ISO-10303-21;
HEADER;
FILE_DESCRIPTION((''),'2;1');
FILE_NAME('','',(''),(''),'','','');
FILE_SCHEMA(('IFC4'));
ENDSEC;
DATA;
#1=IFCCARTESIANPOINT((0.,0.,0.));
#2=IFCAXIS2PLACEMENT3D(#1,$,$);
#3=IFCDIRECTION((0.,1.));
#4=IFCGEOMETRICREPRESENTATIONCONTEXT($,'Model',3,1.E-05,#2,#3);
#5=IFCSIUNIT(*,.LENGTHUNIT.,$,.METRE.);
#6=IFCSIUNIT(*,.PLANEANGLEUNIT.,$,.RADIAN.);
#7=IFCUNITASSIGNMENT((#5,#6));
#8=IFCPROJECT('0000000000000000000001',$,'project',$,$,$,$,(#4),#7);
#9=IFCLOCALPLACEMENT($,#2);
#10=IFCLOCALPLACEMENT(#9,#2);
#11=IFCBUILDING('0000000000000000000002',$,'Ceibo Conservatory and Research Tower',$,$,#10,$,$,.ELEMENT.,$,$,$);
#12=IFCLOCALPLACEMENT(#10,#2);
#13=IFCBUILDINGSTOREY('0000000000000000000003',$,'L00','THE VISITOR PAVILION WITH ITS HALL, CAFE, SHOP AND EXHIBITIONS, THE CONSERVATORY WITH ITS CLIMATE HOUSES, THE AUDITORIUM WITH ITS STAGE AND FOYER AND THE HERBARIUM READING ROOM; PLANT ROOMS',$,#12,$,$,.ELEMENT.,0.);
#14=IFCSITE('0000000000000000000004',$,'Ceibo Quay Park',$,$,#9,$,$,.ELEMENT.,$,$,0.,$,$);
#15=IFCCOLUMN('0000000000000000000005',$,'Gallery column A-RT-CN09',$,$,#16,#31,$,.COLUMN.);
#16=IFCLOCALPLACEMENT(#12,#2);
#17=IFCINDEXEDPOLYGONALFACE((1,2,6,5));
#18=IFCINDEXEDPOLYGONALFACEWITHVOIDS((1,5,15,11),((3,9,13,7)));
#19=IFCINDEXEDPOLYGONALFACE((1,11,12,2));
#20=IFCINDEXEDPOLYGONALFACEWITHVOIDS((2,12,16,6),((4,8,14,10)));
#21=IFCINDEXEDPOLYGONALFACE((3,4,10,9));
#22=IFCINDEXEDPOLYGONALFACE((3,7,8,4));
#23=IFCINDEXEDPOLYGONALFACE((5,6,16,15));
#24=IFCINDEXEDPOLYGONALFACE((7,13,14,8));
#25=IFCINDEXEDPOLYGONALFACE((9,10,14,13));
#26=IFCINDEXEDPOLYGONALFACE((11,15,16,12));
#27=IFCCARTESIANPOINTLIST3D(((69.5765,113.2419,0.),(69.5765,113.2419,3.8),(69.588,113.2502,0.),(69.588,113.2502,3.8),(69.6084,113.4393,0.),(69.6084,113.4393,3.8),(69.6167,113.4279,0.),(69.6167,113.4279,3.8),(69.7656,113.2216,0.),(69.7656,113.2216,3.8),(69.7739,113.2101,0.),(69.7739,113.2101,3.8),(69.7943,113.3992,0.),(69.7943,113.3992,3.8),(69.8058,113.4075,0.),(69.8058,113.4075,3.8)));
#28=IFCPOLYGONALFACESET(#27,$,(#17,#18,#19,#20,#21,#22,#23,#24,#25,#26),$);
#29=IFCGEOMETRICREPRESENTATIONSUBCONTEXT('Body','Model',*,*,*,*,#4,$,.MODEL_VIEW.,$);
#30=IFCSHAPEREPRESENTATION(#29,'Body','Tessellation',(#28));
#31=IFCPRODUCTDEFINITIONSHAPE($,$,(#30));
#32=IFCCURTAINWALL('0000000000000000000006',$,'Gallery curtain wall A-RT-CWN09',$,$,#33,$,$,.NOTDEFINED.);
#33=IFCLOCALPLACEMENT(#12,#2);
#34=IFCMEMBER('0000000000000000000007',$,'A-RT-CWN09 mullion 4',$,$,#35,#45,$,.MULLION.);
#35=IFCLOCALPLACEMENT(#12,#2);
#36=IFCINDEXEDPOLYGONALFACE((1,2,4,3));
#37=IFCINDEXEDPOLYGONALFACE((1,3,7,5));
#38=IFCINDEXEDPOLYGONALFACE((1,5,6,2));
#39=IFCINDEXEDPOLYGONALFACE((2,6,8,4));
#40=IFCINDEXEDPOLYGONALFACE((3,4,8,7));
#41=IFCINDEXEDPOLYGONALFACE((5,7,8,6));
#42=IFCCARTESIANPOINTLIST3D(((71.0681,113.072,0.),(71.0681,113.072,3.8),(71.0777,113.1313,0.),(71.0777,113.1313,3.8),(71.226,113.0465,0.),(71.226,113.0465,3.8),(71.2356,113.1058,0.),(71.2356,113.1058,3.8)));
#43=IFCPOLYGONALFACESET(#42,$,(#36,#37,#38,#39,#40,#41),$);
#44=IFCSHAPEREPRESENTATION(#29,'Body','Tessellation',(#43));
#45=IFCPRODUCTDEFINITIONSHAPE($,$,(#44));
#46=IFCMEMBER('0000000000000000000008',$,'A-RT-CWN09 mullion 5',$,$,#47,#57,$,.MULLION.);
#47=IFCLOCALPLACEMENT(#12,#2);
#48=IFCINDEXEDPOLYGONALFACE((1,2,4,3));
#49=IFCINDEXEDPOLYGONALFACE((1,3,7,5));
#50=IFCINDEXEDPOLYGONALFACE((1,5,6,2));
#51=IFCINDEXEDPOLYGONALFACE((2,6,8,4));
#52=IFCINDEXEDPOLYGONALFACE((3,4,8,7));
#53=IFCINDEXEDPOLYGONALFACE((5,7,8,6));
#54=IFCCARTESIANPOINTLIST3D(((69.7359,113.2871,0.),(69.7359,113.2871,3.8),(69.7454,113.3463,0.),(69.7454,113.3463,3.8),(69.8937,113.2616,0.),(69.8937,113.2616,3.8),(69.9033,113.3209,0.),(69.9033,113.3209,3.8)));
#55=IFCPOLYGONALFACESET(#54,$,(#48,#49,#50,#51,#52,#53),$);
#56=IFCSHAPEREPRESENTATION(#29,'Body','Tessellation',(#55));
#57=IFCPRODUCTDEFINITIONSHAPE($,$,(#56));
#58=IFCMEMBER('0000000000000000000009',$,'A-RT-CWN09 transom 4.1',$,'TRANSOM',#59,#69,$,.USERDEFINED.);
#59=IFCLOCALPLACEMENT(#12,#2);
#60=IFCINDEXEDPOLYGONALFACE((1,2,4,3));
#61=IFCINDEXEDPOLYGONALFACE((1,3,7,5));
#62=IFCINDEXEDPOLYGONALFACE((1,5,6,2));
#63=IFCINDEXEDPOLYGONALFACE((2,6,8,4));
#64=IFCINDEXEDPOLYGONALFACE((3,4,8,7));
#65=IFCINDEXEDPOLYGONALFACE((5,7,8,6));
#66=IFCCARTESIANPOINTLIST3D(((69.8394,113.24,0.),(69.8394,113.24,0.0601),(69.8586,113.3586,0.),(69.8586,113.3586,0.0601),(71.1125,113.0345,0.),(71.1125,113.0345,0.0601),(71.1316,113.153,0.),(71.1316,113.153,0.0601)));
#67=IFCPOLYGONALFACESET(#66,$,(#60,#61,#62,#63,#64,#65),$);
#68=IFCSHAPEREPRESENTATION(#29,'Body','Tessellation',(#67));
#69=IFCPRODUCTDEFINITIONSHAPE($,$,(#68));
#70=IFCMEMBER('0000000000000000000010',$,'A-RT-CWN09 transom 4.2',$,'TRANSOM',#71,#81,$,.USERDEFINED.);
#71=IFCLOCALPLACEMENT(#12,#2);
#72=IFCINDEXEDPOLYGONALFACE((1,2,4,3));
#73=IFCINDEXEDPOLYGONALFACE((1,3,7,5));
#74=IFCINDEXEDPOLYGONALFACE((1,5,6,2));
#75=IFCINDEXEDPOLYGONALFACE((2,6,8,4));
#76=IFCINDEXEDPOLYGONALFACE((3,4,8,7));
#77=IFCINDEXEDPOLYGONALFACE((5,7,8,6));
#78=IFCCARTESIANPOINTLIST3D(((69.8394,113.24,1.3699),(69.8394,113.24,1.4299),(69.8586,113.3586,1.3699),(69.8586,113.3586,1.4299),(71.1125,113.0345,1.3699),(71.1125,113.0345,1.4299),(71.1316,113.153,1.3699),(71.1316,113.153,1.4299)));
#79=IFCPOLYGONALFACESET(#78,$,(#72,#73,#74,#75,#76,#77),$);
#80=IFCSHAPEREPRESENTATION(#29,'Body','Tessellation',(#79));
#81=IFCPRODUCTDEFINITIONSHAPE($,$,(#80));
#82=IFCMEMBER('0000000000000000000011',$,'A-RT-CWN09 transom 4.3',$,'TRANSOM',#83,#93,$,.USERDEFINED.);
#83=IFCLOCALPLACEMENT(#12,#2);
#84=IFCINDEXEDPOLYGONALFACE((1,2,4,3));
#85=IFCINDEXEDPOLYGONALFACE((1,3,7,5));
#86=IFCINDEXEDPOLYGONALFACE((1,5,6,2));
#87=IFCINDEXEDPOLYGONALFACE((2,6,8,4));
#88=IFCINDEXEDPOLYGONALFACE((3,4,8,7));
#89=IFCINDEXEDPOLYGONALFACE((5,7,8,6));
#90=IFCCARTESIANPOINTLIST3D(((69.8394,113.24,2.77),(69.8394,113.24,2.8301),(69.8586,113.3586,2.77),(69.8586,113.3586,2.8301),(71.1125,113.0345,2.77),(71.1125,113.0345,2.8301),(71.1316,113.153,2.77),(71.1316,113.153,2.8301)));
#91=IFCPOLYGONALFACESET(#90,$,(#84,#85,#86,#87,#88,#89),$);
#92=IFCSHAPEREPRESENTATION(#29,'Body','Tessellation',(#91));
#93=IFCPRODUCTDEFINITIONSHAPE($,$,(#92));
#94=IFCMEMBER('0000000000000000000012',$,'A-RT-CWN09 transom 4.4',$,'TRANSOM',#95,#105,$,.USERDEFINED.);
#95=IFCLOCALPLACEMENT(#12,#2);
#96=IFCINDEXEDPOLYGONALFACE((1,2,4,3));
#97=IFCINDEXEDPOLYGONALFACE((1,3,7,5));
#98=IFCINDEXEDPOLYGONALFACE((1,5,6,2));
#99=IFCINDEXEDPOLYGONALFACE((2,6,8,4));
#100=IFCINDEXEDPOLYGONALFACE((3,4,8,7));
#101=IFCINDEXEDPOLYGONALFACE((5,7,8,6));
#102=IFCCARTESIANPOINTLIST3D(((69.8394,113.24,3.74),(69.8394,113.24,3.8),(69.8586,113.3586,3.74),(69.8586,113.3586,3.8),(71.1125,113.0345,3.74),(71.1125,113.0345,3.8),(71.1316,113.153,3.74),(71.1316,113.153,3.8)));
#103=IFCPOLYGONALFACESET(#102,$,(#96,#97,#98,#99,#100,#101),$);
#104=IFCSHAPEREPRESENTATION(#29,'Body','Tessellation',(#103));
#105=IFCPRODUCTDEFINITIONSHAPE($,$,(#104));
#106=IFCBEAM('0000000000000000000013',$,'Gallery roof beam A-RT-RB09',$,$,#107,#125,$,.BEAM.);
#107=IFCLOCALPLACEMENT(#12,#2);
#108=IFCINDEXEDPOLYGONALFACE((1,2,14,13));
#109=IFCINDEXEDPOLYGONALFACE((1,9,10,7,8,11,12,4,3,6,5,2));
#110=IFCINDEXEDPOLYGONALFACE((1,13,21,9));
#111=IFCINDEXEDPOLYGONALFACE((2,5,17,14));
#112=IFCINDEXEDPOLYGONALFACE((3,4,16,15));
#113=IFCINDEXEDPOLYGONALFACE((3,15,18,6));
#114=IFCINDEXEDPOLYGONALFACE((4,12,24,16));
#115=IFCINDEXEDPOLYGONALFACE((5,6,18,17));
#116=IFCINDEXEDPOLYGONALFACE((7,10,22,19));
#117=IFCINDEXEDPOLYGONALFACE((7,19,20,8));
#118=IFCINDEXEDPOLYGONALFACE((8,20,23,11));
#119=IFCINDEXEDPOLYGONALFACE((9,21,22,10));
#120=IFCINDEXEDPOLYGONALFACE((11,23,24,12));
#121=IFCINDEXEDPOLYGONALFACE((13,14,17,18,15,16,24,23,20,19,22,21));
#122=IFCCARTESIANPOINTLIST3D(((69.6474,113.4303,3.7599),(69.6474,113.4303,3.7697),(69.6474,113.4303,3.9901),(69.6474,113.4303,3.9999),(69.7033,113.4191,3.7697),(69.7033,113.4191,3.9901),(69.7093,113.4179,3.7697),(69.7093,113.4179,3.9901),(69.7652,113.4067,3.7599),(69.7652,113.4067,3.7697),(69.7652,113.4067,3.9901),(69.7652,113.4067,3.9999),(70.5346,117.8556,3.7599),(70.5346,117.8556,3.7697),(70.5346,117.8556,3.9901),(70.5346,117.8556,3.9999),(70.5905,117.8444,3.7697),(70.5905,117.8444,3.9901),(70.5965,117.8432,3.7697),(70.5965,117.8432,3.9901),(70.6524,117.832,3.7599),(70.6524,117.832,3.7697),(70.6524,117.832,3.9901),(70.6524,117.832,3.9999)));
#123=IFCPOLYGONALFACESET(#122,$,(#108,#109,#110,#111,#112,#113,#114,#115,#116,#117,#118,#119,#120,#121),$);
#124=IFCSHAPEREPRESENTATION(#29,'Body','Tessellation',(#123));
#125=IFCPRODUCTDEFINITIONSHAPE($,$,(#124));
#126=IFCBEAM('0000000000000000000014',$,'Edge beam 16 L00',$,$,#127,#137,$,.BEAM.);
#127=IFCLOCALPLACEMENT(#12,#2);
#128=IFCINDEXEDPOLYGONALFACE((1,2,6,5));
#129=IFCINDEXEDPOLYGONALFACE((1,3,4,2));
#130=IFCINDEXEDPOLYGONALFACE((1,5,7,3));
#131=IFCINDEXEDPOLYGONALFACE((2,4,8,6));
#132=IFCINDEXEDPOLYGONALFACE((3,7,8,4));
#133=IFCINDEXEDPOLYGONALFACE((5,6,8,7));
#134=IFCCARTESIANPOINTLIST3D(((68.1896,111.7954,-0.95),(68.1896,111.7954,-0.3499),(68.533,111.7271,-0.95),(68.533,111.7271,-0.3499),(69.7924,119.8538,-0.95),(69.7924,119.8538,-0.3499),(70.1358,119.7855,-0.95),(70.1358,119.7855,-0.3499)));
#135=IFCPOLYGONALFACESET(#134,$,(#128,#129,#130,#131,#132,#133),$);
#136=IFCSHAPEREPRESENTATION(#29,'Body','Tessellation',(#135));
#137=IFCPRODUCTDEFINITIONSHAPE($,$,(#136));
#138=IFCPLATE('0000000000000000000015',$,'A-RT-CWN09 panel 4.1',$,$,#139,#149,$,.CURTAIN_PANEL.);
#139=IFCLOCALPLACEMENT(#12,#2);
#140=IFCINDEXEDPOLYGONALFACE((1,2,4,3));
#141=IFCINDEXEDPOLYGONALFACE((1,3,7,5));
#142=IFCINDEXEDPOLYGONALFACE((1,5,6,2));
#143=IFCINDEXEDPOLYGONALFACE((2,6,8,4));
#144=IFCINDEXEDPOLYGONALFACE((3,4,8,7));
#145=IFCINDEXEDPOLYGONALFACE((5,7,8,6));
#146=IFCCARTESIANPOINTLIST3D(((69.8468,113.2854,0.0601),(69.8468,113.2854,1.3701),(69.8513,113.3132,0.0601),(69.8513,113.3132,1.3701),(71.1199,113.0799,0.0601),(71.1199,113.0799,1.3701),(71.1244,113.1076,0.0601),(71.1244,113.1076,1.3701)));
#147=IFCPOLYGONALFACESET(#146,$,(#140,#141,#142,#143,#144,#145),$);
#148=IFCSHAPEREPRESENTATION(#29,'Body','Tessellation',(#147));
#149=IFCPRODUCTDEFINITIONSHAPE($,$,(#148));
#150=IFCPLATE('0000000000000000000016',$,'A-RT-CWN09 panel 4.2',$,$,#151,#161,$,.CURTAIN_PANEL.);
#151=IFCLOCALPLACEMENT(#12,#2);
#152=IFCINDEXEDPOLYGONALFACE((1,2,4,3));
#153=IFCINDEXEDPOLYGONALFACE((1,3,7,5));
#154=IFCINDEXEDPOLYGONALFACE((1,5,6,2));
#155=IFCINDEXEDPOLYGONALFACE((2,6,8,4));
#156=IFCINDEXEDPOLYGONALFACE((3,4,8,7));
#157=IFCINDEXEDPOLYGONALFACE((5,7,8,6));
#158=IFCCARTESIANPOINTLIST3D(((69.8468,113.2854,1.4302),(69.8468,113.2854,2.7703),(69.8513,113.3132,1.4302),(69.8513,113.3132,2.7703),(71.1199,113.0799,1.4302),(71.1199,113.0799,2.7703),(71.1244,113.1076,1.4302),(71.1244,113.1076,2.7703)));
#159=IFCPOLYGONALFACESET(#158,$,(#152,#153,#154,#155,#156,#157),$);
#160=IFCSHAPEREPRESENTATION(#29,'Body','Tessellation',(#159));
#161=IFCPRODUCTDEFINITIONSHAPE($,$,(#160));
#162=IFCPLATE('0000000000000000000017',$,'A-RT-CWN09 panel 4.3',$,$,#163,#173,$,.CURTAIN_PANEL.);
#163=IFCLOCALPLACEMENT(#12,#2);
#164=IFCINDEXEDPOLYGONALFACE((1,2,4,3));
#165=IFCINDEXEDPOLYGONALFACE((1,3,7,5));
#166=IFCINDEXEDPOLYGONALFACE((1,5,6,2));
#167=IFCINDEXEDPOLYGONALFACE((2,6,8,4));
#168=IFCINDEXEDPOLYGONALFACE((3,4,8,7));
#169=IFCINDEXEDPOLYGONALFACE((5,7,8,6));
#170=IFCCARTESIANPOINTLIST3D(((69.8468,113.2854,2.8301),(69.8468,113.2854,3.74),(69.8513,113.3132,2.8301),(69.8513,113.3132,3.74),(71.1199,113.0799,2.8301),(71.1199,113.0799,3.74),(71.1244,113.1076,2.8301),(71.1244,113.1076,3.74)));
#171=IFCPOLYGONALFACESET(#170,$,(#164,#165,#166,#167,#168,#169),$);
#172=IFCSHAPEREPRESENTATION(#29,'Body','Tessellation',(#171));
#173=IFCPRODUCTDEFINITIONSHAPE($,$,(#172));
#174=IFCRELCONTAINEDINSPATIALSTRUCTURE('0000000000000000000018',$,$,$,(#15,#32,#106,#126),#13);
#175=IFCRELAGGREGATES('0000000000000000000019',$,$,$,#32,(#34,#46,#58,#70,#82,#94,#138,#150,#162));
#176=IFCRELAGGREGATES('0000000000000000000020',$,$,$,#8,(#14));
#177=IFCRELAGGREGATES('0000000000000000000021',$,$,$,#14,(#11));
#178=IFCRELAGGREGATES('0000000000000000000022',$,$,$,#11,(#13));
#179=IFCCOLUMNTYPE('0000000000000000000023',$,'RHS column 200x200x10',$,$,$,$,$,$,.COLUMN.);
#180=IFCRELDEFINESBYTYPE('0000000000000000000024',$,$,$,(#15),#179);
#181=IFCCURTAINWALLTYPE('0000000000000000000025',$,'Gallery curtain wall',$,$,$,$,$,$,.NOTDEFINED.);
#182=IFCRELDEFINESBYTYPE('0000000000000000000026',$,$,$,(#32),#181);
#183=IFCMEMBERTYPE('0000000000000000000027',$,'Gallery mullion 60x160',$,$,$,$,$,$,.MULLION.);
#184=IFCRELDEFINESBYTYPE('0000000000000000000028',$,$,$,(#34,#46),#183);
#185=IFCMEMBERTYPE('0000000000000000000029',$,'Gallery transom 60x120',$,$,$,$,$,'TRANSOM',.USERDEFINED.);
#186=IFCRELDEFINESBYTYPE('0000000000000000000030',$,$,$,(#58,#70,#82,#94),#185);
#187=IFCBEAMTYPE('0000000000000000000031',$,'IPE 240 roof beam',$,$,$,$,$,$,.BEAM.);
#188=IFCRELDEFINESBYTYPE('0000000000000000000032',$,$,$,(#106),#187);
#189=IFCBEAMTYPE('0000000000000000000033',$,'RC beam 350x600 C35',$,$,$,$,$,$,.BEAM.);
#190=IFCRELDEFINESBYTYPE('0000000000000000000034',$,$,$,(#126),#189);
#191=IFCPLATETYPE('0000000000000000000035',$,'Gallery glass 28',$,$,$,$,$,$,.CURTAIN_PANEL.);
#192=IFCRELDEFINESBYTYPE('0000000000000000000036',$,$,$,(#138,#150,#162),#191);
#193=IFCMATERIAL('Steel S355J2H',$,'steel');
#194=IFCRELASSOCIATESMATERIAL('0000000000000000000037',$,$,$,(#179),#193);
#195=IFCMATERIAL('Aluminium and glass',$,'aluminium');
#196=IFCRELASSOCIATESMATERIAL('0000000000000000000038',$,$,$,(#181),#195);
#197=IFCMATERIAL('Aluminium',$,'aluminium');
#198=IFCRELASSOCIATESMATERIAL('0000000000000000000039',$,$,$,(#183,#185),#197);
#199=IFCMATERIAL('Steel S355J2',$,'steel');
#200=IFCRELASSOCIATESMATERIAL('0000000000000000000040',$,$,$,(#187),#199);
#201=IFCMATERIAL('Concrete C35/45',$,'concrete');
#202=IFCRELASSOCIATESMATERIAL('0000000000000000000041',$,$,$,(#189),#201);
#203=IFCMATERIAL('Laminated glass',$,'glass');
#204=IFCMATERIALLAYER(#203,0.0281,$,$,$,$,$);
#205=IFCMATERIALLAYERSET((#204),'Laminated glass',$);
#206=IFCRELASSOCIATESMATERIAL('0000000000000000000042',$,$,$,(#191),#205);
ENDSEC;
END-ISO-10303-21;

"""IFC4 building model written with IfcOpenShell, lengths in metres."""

from ifc_helpers import new_model, si_unit, direction, frame, origin, origin_2d, place, context, subcontext, project, spatial, rectangle, hollow_rectangle, i_section, extrude, material, layer, layer_set, material_profile, profile_set, type_object, element, aggregate, save


model = new_model("IFC4")

# Units and contexts
model_context = context("Model", 3, precision=1e-05, world=origin(), true_north=direction((0.0, 1.0)))
body_context = subcontext(model_context, "Body", "Model", "MODEL_VIEW")
ifc_project = project(units=[si_unit("LENGTHUNIT", "METRE"), si_unit("PLANEANGLEUNIT", "RADIAN")], contexts=[model_context])

# Site, building, storey
site_placement = place(None, origin())
site = spatial("IfcSite", under=ifc_project, at=site_placement, Name="Ceibo Quay Park", CompositionType="ELEMENT", RefElevation=0.0)
building_placement = place(site_placement, origin())
building = spatial("IfcBuilding", under=site, at=building_placement, Name="Ceibo Conservatory and Research Tower", CompositionType="ELEMENT")
storey_placement = place(building_placement, origin())
storey = spatial("IfcBuildingStorey", under=building, at=storey_placement, Name="L00", Description="THE VISITOR PAVILION WITH ITS HALL, CAFE, SHOP AND EXHIBITIONS, THE CONSERVATORY WITH ITS CLIMATE HOUSES, THE AUDITORIUM WITH ITS STAGE AND FOYER AND THE HERBARIUM READING ROOM; PLANT ROOMS", CompositionType="ELEMENT", Elevation=0.0)

# Column
ifc_material_1 = material(Name="Steel S355J2H", Category="steel")
ifc_material_profile_1 = material_profile(ifc_material_1, hollow_rectangle(XDim=0.2, YDim=0.2, WallThickness=0.01, at=origin_2d()), Name="RHS column 200x200x10")
ifc_profile_set_1 = profile_set([ifc_material_profile_1], Name="Steel S355J2H")
column_type = type_object("IfcColumnType", Name="RHS column 200x200x10", PredefinedType="COLUMN", material=ifc_profile_set_1)
column_placement = place(storey_placement, frame((69.6912, 113.3247, 0.0), z_axis=(0.0, 0.0, 1.0), x_axis=(-0.987216, 0.159391, 0.0)))
element("IfcColumn", 1, at=column_placement, inside=storey, type_object=column_type, Name="Gallery column A-RT-CN09", PredefinedType="COLUMN", context=body_context, shape_type="SweptSolid", body=[
    extrude(hollow_rectangle(XDim=0.2, YDim=0.2, WallThickness=0.01, at=origin_2d()), origin(), (0.0, 0.0, 1.0), 3.8),
])

# Curtain wall, members
ifc_material_2 = material(Name="Aluminium and glass", Category="aluminium")
curtain_wall_type = type_object("IfcCurtainWallType", Name="Gallery curtain wall", PredefinedType="NOTDEFINED", material=ifc_material_2)
curtain_wall_placement = place(storey_placement, origin())
curtain_wall = element("IfcCurtainWall", 2, at=curtain_wall_placement, inside=storey, type_object=curtain_wall_type, Name="Gallery curtain wall A-RT-CWN09", PredefinedType="NOTDEFINED")
ifc_material_3 = material(Name="Aluminium", Category="aluminium")
ifc_material_profile_2 = material_profile(ifc_material_3, rectangle(XDim=0.0601, YDim=0.1599, at=origin_2d()), Name="AL 60x160")
ifc_profile_set_2 = profile_set([ifc_material_profile_2], Name="Aluminium")
member_type_1 = type_object("IfcMemberType", Name="Gallery mullion 60x160", PredefinedType="MULLION", material=ifc_profile_set_2)
member_1_placement = place(storey_placement, frame((71.1519, 113.0889, 0.0), z_axis=(0.0, 0.0, 1.0), x_axis=(-0.159391, -0.987216, 0.0)))
member_1 = element("IfcMember", 3, at=member_1_placement, type_object=member_type_1, Name="A-RT-CWN09 mullion 4", PredefinedType="MULLION", context=body_context, shape_type="SweptSolid", body=[
    extrude(rectangle(XDim=0.0601, YDim=0.1599, at=origin_2d()), origin(), (0.0, 0.0, 1.0), 3.8),
])
member_2_placement = place(storey_placement, frame((69.8196, 113.304, 0.0), z_axis=(0.0, 0.0, 1.0), x_axis=(-0.159391, -0.987216, 0.0)))
member_2 = element("IfcMember", 4, at=member_2_placement, type_object=member_type_1, Name="A-RT-CWN09 mullion 5", PredefinedType="MULLION", context=body_context, shape_type="SweptSolid", body=[
    extrude(rectangle(XDim=0.0601, YDim=0.1599, at=origin_2d()), origin(), (0.0, 0.0, 1.0), 3.8),
])
ifc_material_profile_3 = material_profile(ifc_material_3, rectangle(XDim=0.1201, YDim=0.0601, at=origin_2d()), Name="AL 60x120")
ifc_profile_set_3 = profile_set([ifc_material_profile_3], Name="Aluminium")
member_type_2 = type_object("IfcMemberType", Name="Gallery transom 60x120", ElementType="TRANSOM", PredefinedType="USERDEFINED", material=ifc_profile_set_3)
member_3_placement = place(storey_placement, frame((71.1221, 113.0938, 0.03), z_axis=(-0.98721, 0.159423, 0.0), x_axis=(-0.159423, -0.98721, 0.0)))
member_3 = element("IfcMember", 5, at=member_3_placement, type_object=member_type_2, Name="A-RT-CWN09 transom 4.1", ObjectType="TRANSOM", PredefinedType="USERDEFINED", context=body_context, shape_type="SweptSolid", body=[
    extrude(rectangle(XDim=0.1201, YDim=0.0601, at=origin_2d()), origin(), (0.0, 0.0, 1.0), 1.2896),
])
member_4_placement = place(storey_placement, frame((71.1221, 113.0938, 1.3999), z_axis=(-0.98721, 0.159423, 0.0), x_axis=(-0.159423, -0.98721, 0.0)))
member_4 = element("IfcMember", 6, at=member_4_placement, type_object=member_type_2, Name="A-RT-CWN09 transom 4.2", ObjectType="TRANSOM", PredefinedType="USERDEFINED", context=body_context, shape_type="SweptSolid", body=[
    extrude(rectangle(XDim=0.1201, YDim=0.0601, at=origin_2d()), origin(), (0.0, 0.0, 1.0), 1.2896),
])
member_5_placement = place(storey_placement, frame((71.1221, 113.0938, 2.8), z_axis=(-0.98721, 0.159423, 0.0), x_axis=(-0.159423, -0.98721, 0.0)))
member_5 = element("IfcMember", 7, at=member_5_placement, type_object=member_type_2, Name="A-RT-CWN09 transom 4.3", ObjectType="TRANSOM", PredefinedType="USERDEFINED", context=body_context, shape_type="SweptSolid", body=[
    extrude(rectangle(XDim=0.1201, YDim=0.0601, at=origin_2d()), origin(), (0.0, 0.0, 1.0), 1.2896),
])
member_6_placement = place(storey_placement, frame((71.1221, 113.0938, 3.77), z_axis=(-0.98721, 0.159423, 0.0), x_axis=(-0.159423, -0.98721, 0.0)))
member_6 = element("IfcMember", 8, at=member_6_placement, type_object=member_type_2, Name="A-RT-CWN09 transom 4.4", ObjectType="TRANSOM", PredefinedType="USERDEFINED", context=body_context, shape_type="SweptSolid", body=[
    extrude(rectangle(XDim=0.1201, YDim=0.0601, at=origin_2d()), origin(), (0.0, 0.0, 1.0), 1.2896),
])

# Beams
ifc_material_4 = material(Name="Steel S355J2", Category="steel")
ifc_material_profile_4 = material_profile(ifc_material_4, i_section(OverallWidth=0.1201, OverallDepth=0.24, WebThickness=0.0061, FlangeThickness=0.0098, at=origin_2d()), Name="IPE 240")
ifc_profile_set_4 = profile_set([ifc_material_profile_4], Name="Steel S355J2")
beam_type_1 = type_object("IfcBeamType", Name="IPE 240 roof beam", PredefinedType="BEAM", material=ifc_profile_set_4)
beam_1_placement = place(storey_placement, frame((69.7063, 113.4185, 3.8799), z_axis=(0.196574, 0.980489, 0.0), x_axis=(-0.980489, 0.196574, 0.0)))
element("IfcBeam", 9, at=beam_1_placement, inside=storey, type_object=beam_type_1, Name="Gallery roof beam A-RT-RB09", PredefinedType="BEAM", context=body_context, shape_type="SweptSolid", body=[
    extrude(i_section(OverallWidth=0.1201, OverallDepth=0.24, WebThickness=0.0061, FlangeThickness=0.0098, at=origin_2d()), origin(), (0.0, 0.0, 1.0), 4.5134),
])
ifc_material_5 = material(Name="Concrete C35/45", Category="concrete")
ifc_material_profile_5 = material_profile(ifc_material_5, rectangle(XDim=0.3501, YDim=0.6001, at=origin_2d()), Name="RC 350x600")
ifc_profile_set_5 = profile_set([ifc_material_profile_5], Name="Concrete C35/45")
beam_type_2 = type_object("IfcBeamType", Name="RC beam 350x600 C35", PredefinedType="BEAM", material=ifc_profile_set_5)
beam_2_placement = place(storey_placement, frame((68.3613, 111.7612, -0.6499), z_axis=(0.195076, 0.980788, 0.0), x_axis=(-0.980788, 0.195076, 0.0)))
element("IfcBeam", 10, at=beam_2_placement, inside=storey, type_object=beam_type_2, Name="Edge beam 16 L00", PredefinedType="BEAM", context=body_context, shape_type="SweptSolid", body=[
    extrude(rectangle(XDim=0.3501, YDim=0.6001, at=origin_2d()), origin(), (0.0, 0.0, 1.0), 8.2163),
])

# Plates
ifc_material_6 = material(Name="Laminated glass", Category="glass")
ifc_layer_1 = layer(ifc_material_6, 0.0281)
ifc_layer_set_1 = layer_set([ifc_layer_1], Name="Laminated glass")
plate_type = type_object("IfcPlateType", Name="Gallery glass 28", PredefinedType="CURTAIN_PANEL", material=ifc_layer_set_1)
plate_1_placement = place(storey_placement, frame((70.4856, 113.1965, 0.0601), z_axis=(0.0, 0.0, 1.0), x_axis=(-0.987216, 0.159391, 0.0)))
plate_1 = element("IfcPlate", 11, at=plate_1_placement, type_object=plate_type, Name="A-RT-CWN09 panel 4.1", PredefinedType="CURTAIN_PANEL", context=body_context, shape_type="SweptSolid", body=[
    extrude(rectangle(XDim=1.2896, YDim=0.0281, at=origin_2d()), origin(), (0.0, 0.0, 1.0), 1.3101),
])
plate_2_placement = place(storey_placement, frame((70.4856, 113.1965, 1.4302), z_axis=(0.0, 0.0, 1.0), x_axis=(-0.987216, 0.159391, 0.0)))
plate_2 = element("IfcPlate", 12, at=plate_2_placement, type_object=plate_type, Name="A-RT-CWN09 panel 4.2", PredefinedType="CURTAIN_PANEL", context=body_context, shape_type="SweptSolid", body=[
    extrude(rectangle(XDim=1.2896, YDim=0.0281, at=origin_2d()), origin(), (0.0, 0.0, 1.0), 1.3401),
])
plate_3_placement = place(storey_placement, frame((70.4856, 113.1965, 2.8301), z_axis=(0.0, 0.0, 1.0), x_axis=(-0.987216, 0.159391, 0.0)))
plate_3 = element("IfcPlate", 13, at=plate_3_placement, type_object=plate_type, Name="A-RT-CWN09 panel 4.3", PredefinedType="CURTAIN_PANEL", context=body_context, shape_type="SweptSolid", body=[
    extrude(rectangle(XDim=1.2896, YDim=0.0281, at=origin_2d()), origin(), (0.0, 0.0, 1.0), 0.9099),
])
aggregate(curtain_wall, [member_1, member_2, member_3, member_4, member_5, member_6, plate_1, plate_2, plate_3])

save(model, "model.ifc")
